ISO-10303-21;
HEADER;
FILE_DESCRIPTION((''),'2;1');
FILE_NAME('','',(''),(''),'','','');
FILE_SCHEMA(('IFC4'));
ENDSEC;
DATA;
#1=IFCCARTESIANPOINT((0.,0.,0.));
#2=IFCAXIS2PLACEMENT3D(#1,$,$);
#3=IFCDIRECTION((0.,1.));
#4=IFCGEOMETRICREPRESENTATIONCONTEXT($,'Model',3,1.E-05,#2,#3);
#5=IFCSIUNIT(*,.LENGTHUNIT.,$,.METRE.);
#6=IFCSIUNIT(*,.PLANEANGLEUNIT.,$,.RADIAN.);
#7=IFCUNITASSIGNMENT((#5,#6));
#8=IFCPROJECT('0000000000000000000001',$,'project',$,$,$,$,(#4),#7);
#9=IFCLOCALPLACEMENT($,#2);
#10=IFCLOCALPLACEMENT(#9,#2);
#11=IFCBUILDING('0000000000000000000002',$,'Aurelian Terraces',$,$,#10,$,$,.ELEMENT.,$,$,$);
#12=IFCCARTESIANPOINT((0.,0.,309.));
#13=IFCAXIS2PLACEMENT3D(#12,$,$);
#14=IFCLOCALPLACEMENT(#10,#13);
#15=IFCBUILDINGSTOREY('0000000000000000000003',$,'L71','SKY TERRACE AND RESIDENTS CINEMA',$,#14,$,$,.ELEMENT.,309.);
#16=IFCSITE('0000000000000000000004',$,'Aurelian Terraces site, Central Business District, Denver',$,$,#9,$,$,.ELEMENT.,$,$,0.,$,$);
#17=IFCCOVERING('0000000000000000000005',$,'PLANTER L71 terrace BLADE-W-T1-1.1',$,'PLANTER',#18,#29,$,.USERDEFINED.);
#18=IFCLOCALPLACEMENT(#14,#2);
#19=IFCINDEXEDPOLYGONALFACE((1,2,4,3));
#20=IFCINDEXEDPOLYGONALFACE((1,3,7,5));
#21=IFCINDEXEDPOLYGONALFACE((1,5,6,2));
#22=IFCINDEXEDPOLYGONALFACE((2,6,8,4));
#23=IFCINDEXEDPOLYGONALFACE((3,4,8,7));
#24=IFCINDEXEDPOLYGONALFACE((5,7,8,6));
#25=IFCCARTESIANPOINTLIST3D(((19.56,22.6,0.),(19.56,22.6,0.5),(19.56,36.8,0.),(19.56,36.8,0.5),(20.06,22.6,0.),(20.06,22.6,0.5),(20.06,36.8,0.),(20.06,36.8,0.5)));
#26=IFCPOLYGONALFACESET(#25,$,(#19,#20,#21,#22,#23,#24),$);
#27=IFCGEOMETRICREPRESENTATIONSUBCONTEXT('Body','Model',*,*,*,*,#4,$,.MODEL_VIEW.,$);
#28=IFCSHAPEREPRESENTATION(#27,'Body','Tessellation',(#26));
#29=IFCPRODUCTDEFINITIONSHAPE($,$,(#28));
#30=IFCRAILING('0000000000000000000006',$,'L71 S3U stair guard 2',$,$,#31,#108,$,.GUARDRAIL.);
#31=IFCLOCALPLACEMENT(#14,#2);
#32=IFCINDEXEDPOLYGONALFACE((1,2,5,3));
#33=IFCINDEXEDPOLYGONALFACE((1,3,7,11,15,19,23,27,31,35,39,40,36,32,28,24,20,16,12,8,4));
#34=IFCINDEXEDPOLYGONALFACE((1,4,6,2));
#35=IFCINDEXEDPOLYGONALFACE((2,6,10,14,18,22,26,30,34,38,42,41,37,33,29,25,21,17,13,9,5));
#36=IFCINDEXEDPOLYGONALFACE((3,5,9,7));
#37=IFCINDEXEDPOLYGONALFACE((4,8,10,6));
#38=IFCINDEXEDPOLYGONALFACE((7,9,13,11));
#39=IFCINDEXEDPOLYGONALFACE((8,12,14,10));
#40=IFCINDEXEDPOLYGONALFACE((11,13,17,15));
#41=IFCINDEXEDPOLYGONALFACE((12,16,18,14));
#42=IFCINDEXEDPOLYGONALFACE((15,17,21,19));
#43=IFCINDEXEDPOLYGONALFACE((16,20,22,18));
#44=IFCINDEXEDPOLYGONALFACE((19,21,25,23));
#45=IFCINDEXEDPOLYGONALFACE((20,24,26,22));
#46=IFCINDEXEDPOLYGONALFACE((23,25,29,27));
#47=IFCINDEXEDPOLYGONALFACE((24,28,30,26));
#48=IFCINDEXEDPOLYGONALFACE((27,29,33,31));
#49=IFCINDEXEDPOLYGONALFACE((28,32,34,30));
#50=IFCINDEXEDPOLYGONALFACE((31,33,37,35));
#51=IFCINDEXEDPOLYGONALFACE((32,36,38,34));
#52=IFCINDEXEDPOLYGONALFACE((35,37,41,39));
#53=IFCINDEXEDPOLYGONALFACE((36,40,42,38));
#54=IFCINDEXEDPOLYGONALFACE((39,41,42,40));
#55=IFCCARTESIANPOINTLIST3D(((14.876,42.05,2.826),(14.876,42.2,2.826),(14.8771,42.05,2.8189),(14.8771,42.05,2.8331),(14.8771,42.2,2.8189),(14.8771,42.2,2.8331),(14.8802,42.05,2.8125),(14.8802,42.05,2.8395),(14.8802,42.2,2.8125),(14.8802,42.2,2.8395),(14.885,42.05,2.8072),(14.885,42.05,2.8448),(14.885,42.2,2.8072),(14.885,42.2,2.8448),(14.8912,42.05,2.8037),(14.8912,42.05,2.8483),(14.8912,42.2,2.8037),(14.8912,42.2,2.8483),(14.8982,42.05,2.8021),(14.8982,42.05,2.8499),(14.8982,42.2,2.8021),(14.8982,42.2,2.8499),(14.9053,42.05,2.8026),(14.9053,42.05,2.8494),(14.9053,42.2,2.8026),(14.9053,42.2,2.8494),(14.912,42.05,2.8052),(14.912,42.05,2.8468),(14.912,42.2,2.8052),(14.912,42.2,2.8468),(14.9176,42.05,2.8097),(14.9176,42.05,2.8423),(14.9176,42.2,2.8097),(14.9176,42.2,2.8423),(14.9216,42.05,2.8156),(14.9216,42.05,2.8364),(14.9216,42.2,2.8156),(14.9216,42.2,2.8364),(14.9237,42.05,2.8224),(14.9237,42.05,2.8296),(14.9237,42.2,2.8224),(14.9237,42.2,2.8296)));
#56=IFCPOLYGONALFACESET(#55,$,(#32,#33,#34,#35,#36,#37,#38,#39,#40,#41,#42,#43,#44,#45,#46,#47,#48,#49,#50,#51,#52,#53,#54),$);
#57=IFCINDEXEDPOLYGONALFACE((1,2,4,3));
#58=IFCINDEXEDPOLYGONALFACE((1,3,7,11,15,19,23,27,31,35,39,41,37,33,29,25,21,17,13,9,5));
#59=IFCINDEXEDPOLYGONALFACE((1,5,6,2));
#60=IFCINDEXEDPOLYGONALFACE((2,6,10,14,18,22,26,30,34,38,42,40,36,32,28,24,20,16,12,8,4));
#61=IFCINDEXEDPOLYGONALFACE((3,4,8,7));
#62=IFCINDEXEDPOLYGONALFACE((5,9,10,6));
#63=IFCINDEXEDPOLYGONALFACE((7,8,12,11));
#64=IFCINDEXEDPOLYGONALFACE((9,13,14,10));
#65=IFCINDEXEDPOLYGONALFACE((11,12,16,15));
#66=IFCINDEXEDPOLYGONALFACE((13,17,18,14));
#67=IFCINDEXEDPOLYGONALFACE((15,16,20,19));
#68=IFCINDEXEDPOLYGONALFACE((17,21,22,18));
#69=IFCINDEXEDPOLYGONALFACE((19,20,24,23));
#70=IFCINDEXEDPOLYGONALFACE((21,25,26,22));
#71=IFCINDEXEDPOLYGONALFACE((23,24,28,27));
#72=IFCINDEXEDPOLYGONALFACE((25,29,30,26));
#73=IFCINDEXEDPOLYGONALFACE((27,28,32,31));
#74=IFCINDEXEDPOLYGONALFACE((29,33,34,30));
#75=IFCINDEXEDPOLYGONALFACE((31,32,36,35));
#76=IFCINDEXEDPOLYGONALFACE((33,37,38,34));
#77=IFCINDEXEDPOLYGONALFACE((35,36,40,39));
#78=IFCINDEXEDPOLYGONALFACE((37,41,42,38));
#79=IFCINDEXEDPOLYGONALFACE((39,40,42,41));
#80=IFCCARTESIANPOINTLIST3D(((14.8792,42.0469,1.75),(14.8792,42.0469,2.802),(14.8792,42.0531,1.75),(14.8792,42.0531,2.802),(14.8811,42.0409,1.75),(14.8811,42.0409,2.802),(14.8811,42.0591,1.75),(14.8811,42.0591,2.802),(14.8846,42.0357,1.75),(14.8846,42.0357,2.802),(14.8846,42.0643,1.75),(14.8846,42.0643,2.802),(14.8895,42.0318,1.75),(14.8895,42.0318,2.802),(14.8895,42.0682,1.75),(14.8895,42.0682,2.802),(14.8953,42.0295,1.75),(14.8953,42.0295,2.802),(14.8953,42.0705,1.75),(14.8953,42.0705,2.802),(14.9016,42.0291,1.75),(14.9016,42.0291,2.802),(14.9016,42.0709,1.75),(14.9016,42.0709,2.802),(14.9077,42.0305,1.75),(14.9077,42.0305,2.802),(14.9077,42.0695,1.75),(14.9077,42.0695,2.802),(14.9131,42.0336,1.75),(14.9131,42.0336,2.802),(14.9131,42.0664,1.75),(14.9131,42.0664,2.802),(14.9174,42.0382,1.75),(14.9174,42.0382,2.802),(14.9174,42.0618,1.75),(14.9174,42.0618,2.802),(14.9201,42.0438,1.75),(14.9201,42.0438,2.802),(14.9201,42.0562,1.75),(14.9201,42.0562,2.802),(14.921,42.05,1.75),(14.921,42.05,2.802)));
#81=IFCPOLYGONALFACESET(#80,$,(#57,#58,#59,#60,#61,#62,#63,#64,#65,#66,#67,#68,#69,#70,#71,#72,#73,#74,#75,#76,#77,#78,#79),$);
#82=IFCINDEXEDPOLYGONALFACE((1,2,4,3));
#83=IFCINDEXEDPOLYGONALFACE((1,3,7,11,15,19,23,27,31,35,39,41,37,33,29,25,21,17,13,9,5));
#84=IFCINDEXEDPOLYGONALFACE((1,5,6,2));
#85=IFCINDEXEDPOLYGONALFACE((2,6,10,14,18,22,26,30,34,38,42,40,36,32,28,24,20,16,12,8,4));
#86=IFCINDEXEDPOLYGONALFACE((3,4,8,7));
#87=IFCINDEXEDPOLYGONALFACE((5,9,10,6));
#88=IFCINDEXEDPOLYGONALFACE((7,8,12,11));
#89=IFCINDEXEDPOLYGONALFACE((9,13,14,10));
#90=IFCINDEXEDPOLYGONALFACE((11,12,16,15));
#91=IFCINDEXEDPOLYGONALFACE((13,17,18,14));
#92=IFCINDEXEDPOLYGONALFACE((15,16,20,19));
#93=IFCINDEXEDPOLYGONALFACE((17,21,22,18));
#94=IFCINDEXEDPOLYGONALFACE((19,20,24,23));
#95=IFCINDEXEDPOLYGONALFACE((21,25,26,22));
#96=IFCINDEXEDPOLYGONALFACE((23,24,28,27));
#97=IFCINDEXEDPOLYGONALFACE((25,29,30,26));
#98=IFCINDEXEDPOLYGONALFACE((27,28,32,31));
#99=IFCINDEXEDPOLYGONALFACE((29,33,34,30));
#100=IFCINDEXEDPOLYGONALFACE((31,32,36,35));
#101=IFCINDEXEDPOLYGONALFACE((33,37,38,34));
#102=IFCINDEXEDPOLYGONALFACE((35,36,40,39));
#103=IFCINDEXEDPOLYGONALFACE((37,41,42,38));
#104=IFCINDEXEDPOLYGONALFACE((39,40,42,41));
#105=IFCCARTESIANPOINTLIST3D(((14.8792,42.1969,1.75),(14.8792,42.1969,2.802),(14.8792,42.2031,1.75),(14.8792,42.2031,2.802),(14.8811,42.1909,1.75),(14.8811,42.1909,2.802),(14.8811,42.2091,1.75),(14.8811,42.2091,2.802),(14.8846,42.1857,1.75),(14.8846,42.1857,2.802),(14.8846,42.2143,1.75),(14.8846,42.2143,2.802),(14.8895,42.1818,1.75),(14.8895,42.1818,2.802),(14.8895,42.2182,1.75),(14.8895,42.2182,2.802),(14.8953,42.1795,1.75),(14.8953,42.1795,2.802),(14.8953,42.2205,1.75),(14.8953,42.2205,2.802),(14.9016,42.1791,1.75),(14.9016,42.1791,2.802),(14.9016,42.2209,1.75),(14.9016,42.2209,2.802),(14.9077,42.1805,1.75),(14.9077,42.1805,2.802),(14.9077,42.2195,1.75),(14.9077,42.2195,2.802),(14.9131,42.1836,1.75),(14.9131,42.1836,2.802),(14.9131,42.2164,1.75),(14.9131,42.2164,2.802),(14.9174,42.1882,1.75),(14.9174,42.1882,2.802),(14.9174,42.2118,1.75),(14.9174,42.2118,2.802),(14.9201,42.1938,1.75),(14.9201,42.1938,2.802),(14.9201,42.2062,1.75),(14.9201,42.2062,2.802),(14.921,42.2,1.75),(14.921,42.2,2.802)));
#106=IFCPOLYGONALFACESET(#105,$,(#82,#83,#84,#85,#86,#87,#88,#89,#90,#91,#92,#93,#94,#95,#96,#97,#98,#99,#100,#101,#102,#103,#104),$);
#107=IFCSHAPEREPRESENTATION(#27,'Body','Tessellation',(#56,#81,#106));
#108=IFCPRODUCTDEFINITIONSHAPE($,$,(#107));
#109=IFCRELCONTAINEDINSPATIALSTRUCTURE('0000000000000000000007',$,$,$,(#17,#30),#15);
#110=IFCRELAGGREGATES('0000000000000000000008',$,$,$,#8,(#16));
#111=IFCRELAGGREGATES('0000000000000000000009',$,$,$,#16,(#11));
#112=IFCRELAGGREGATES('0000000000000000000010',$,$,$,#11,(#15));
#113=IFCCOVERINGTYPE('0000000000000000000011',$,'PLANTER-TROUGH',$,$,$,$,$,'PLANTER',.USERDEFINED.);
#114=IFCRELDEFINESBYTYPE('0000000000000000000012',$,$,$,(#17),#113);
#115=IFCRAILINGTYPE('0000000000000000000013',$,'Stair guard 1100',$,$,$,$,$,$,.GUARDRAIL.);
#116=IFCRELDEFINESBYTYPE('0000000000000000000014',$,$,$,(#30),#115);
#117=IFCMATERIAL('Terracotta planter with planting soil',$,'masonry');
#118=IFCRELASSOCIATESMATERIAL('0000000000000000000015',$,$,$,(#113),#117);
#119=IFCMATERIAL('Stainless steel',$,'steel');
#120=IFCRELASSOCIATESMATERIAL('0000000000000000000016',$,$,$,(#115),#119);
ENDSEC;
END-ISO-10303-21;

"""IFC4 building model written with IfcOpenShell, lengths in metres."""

from ifc_helpers import new_model, si_unit, direction, frame, origin, origin_2d, place, context, subcontext, project, spatial, rectangle, circle, extrude, source, transform, mapped, material, type_object, element, save


model = new_model("IFC4")

# Units and contexts
model_context = context("Model", 3, precision=1e-05, world=origin(), true_north=direction((0.0, 1.0)))
body_context = subcontext(model_context, "Body", "Model", "MODEL_VIEW")
ifc_project = project(units=[si_unit("LENGTHUNIT", "METRE"), si_unit("PLANEANGLEUNIT", "RADIAN")], contexts=[model_context])

# Site, building, storey
site_placement = place(None, origin())
site = spatial("IfcSite", under=ifc_project, at=site_placement, Name="Aurelian Terraces site, Central Business District, Denver", CompositionType="ELEMENT", RefElevation=0.0)
building_placement = place(site_placement, origin())
building = spatial("IfcBuilding", under=site, at=building_placement, Name="Aurelian Terraces", CompositionType="ELEMENT")
storey_placement = place(building_placement, frame((0.0, 0.0, 309.0)))
storey = spatial("IfcBuildingStorey", under=building, at=storey_placement, Name="L71", Description="SKY TERRACE AND RESIDENTS CINEMA", CompositionType="ELEMENT", Elevation=309.0)

# Covering
ifc_material_1 = material(Name="Terracotta planter with planting soil", Category="masonry")
covering_type = type_object("IfcCoveringType", Name="PLANTER-TROUGH", ElementType="PLANTER", PredefinedType="USERDEFINED", material=ifc_material_1)
shared_shape_1 = source(origin(), body_context, "Body", "SweptSolid", [
    extrude(rectangle(XDim=0.5, YDim=14.2, at=origin_2d()), origin(), (0.0, 0.0, 1.0), 0.5),
])
covering_placement = place(storey_placement, frame((19.81, 29.7, 0.0), z_axis=(0.0, 0.0, 1.0), x_axis=(1.0, 0.0, 0.0)))
element("IfcCovering", 1, at=covering_placement, inside=storey, type_object=covering_type, Name="PLANTER L71 terrace BLADE-W-T1-1.1", ObjectType="PLANTER", PredefinedType="USERDEFINED", context=body_context, shape_type="MappedRepresentation", body=[
    mapped(shared_shape_1, transform((0.0, 0.0, 0.0), scale=1.0)),
])

# Railing
ifc_material_2 = material(Name="Stainless steel", Category="steel")
railing_type_1 = type_object("IfcRailingType", Name="Stair guard 1100", PredefinedType="GUARDRAIL", material=ifc_material_2)
shared_shape_2 = source(origin(), body_context, "Body", "SweptSolid", [
    extrude(circle(Radius=0.024, at=origin_2d()), frame((0.0, 0.0, 1.076), z_axis=(0.0, 1.0, 0.0), x_axis=(-1.0, 0.0, 0.0)), (0.0, 0.0, 1.0), 0.15),
    extrude(circle(Radius=0.021, at=origin_2d()), origin(), (0.0, 0.0, 1.0), 1.052),
    extrude(circle(Radius=0.021, at=origin_2d()), frame((0.0, 0.15, 0.0)), (0.0, 0.0, 1.0), 1.052),
])
railing_1_placement = place(storey_placement, frame((14.9, 42.05, 1.75)))
element("IfcRailing", 2, at=railing_1_placement, inside=storey, type_object=railing_type_1, Name="L71 S3U stair guard 2", PredefinedType="GUARDRAIL", context=body_context, shape_type="MappedRepresentation", body=[
    mapped(shared_shape_2, transform((0.0, 0.0, 0.0), scale=1.0)),
])

save(model, "model.ifc")
